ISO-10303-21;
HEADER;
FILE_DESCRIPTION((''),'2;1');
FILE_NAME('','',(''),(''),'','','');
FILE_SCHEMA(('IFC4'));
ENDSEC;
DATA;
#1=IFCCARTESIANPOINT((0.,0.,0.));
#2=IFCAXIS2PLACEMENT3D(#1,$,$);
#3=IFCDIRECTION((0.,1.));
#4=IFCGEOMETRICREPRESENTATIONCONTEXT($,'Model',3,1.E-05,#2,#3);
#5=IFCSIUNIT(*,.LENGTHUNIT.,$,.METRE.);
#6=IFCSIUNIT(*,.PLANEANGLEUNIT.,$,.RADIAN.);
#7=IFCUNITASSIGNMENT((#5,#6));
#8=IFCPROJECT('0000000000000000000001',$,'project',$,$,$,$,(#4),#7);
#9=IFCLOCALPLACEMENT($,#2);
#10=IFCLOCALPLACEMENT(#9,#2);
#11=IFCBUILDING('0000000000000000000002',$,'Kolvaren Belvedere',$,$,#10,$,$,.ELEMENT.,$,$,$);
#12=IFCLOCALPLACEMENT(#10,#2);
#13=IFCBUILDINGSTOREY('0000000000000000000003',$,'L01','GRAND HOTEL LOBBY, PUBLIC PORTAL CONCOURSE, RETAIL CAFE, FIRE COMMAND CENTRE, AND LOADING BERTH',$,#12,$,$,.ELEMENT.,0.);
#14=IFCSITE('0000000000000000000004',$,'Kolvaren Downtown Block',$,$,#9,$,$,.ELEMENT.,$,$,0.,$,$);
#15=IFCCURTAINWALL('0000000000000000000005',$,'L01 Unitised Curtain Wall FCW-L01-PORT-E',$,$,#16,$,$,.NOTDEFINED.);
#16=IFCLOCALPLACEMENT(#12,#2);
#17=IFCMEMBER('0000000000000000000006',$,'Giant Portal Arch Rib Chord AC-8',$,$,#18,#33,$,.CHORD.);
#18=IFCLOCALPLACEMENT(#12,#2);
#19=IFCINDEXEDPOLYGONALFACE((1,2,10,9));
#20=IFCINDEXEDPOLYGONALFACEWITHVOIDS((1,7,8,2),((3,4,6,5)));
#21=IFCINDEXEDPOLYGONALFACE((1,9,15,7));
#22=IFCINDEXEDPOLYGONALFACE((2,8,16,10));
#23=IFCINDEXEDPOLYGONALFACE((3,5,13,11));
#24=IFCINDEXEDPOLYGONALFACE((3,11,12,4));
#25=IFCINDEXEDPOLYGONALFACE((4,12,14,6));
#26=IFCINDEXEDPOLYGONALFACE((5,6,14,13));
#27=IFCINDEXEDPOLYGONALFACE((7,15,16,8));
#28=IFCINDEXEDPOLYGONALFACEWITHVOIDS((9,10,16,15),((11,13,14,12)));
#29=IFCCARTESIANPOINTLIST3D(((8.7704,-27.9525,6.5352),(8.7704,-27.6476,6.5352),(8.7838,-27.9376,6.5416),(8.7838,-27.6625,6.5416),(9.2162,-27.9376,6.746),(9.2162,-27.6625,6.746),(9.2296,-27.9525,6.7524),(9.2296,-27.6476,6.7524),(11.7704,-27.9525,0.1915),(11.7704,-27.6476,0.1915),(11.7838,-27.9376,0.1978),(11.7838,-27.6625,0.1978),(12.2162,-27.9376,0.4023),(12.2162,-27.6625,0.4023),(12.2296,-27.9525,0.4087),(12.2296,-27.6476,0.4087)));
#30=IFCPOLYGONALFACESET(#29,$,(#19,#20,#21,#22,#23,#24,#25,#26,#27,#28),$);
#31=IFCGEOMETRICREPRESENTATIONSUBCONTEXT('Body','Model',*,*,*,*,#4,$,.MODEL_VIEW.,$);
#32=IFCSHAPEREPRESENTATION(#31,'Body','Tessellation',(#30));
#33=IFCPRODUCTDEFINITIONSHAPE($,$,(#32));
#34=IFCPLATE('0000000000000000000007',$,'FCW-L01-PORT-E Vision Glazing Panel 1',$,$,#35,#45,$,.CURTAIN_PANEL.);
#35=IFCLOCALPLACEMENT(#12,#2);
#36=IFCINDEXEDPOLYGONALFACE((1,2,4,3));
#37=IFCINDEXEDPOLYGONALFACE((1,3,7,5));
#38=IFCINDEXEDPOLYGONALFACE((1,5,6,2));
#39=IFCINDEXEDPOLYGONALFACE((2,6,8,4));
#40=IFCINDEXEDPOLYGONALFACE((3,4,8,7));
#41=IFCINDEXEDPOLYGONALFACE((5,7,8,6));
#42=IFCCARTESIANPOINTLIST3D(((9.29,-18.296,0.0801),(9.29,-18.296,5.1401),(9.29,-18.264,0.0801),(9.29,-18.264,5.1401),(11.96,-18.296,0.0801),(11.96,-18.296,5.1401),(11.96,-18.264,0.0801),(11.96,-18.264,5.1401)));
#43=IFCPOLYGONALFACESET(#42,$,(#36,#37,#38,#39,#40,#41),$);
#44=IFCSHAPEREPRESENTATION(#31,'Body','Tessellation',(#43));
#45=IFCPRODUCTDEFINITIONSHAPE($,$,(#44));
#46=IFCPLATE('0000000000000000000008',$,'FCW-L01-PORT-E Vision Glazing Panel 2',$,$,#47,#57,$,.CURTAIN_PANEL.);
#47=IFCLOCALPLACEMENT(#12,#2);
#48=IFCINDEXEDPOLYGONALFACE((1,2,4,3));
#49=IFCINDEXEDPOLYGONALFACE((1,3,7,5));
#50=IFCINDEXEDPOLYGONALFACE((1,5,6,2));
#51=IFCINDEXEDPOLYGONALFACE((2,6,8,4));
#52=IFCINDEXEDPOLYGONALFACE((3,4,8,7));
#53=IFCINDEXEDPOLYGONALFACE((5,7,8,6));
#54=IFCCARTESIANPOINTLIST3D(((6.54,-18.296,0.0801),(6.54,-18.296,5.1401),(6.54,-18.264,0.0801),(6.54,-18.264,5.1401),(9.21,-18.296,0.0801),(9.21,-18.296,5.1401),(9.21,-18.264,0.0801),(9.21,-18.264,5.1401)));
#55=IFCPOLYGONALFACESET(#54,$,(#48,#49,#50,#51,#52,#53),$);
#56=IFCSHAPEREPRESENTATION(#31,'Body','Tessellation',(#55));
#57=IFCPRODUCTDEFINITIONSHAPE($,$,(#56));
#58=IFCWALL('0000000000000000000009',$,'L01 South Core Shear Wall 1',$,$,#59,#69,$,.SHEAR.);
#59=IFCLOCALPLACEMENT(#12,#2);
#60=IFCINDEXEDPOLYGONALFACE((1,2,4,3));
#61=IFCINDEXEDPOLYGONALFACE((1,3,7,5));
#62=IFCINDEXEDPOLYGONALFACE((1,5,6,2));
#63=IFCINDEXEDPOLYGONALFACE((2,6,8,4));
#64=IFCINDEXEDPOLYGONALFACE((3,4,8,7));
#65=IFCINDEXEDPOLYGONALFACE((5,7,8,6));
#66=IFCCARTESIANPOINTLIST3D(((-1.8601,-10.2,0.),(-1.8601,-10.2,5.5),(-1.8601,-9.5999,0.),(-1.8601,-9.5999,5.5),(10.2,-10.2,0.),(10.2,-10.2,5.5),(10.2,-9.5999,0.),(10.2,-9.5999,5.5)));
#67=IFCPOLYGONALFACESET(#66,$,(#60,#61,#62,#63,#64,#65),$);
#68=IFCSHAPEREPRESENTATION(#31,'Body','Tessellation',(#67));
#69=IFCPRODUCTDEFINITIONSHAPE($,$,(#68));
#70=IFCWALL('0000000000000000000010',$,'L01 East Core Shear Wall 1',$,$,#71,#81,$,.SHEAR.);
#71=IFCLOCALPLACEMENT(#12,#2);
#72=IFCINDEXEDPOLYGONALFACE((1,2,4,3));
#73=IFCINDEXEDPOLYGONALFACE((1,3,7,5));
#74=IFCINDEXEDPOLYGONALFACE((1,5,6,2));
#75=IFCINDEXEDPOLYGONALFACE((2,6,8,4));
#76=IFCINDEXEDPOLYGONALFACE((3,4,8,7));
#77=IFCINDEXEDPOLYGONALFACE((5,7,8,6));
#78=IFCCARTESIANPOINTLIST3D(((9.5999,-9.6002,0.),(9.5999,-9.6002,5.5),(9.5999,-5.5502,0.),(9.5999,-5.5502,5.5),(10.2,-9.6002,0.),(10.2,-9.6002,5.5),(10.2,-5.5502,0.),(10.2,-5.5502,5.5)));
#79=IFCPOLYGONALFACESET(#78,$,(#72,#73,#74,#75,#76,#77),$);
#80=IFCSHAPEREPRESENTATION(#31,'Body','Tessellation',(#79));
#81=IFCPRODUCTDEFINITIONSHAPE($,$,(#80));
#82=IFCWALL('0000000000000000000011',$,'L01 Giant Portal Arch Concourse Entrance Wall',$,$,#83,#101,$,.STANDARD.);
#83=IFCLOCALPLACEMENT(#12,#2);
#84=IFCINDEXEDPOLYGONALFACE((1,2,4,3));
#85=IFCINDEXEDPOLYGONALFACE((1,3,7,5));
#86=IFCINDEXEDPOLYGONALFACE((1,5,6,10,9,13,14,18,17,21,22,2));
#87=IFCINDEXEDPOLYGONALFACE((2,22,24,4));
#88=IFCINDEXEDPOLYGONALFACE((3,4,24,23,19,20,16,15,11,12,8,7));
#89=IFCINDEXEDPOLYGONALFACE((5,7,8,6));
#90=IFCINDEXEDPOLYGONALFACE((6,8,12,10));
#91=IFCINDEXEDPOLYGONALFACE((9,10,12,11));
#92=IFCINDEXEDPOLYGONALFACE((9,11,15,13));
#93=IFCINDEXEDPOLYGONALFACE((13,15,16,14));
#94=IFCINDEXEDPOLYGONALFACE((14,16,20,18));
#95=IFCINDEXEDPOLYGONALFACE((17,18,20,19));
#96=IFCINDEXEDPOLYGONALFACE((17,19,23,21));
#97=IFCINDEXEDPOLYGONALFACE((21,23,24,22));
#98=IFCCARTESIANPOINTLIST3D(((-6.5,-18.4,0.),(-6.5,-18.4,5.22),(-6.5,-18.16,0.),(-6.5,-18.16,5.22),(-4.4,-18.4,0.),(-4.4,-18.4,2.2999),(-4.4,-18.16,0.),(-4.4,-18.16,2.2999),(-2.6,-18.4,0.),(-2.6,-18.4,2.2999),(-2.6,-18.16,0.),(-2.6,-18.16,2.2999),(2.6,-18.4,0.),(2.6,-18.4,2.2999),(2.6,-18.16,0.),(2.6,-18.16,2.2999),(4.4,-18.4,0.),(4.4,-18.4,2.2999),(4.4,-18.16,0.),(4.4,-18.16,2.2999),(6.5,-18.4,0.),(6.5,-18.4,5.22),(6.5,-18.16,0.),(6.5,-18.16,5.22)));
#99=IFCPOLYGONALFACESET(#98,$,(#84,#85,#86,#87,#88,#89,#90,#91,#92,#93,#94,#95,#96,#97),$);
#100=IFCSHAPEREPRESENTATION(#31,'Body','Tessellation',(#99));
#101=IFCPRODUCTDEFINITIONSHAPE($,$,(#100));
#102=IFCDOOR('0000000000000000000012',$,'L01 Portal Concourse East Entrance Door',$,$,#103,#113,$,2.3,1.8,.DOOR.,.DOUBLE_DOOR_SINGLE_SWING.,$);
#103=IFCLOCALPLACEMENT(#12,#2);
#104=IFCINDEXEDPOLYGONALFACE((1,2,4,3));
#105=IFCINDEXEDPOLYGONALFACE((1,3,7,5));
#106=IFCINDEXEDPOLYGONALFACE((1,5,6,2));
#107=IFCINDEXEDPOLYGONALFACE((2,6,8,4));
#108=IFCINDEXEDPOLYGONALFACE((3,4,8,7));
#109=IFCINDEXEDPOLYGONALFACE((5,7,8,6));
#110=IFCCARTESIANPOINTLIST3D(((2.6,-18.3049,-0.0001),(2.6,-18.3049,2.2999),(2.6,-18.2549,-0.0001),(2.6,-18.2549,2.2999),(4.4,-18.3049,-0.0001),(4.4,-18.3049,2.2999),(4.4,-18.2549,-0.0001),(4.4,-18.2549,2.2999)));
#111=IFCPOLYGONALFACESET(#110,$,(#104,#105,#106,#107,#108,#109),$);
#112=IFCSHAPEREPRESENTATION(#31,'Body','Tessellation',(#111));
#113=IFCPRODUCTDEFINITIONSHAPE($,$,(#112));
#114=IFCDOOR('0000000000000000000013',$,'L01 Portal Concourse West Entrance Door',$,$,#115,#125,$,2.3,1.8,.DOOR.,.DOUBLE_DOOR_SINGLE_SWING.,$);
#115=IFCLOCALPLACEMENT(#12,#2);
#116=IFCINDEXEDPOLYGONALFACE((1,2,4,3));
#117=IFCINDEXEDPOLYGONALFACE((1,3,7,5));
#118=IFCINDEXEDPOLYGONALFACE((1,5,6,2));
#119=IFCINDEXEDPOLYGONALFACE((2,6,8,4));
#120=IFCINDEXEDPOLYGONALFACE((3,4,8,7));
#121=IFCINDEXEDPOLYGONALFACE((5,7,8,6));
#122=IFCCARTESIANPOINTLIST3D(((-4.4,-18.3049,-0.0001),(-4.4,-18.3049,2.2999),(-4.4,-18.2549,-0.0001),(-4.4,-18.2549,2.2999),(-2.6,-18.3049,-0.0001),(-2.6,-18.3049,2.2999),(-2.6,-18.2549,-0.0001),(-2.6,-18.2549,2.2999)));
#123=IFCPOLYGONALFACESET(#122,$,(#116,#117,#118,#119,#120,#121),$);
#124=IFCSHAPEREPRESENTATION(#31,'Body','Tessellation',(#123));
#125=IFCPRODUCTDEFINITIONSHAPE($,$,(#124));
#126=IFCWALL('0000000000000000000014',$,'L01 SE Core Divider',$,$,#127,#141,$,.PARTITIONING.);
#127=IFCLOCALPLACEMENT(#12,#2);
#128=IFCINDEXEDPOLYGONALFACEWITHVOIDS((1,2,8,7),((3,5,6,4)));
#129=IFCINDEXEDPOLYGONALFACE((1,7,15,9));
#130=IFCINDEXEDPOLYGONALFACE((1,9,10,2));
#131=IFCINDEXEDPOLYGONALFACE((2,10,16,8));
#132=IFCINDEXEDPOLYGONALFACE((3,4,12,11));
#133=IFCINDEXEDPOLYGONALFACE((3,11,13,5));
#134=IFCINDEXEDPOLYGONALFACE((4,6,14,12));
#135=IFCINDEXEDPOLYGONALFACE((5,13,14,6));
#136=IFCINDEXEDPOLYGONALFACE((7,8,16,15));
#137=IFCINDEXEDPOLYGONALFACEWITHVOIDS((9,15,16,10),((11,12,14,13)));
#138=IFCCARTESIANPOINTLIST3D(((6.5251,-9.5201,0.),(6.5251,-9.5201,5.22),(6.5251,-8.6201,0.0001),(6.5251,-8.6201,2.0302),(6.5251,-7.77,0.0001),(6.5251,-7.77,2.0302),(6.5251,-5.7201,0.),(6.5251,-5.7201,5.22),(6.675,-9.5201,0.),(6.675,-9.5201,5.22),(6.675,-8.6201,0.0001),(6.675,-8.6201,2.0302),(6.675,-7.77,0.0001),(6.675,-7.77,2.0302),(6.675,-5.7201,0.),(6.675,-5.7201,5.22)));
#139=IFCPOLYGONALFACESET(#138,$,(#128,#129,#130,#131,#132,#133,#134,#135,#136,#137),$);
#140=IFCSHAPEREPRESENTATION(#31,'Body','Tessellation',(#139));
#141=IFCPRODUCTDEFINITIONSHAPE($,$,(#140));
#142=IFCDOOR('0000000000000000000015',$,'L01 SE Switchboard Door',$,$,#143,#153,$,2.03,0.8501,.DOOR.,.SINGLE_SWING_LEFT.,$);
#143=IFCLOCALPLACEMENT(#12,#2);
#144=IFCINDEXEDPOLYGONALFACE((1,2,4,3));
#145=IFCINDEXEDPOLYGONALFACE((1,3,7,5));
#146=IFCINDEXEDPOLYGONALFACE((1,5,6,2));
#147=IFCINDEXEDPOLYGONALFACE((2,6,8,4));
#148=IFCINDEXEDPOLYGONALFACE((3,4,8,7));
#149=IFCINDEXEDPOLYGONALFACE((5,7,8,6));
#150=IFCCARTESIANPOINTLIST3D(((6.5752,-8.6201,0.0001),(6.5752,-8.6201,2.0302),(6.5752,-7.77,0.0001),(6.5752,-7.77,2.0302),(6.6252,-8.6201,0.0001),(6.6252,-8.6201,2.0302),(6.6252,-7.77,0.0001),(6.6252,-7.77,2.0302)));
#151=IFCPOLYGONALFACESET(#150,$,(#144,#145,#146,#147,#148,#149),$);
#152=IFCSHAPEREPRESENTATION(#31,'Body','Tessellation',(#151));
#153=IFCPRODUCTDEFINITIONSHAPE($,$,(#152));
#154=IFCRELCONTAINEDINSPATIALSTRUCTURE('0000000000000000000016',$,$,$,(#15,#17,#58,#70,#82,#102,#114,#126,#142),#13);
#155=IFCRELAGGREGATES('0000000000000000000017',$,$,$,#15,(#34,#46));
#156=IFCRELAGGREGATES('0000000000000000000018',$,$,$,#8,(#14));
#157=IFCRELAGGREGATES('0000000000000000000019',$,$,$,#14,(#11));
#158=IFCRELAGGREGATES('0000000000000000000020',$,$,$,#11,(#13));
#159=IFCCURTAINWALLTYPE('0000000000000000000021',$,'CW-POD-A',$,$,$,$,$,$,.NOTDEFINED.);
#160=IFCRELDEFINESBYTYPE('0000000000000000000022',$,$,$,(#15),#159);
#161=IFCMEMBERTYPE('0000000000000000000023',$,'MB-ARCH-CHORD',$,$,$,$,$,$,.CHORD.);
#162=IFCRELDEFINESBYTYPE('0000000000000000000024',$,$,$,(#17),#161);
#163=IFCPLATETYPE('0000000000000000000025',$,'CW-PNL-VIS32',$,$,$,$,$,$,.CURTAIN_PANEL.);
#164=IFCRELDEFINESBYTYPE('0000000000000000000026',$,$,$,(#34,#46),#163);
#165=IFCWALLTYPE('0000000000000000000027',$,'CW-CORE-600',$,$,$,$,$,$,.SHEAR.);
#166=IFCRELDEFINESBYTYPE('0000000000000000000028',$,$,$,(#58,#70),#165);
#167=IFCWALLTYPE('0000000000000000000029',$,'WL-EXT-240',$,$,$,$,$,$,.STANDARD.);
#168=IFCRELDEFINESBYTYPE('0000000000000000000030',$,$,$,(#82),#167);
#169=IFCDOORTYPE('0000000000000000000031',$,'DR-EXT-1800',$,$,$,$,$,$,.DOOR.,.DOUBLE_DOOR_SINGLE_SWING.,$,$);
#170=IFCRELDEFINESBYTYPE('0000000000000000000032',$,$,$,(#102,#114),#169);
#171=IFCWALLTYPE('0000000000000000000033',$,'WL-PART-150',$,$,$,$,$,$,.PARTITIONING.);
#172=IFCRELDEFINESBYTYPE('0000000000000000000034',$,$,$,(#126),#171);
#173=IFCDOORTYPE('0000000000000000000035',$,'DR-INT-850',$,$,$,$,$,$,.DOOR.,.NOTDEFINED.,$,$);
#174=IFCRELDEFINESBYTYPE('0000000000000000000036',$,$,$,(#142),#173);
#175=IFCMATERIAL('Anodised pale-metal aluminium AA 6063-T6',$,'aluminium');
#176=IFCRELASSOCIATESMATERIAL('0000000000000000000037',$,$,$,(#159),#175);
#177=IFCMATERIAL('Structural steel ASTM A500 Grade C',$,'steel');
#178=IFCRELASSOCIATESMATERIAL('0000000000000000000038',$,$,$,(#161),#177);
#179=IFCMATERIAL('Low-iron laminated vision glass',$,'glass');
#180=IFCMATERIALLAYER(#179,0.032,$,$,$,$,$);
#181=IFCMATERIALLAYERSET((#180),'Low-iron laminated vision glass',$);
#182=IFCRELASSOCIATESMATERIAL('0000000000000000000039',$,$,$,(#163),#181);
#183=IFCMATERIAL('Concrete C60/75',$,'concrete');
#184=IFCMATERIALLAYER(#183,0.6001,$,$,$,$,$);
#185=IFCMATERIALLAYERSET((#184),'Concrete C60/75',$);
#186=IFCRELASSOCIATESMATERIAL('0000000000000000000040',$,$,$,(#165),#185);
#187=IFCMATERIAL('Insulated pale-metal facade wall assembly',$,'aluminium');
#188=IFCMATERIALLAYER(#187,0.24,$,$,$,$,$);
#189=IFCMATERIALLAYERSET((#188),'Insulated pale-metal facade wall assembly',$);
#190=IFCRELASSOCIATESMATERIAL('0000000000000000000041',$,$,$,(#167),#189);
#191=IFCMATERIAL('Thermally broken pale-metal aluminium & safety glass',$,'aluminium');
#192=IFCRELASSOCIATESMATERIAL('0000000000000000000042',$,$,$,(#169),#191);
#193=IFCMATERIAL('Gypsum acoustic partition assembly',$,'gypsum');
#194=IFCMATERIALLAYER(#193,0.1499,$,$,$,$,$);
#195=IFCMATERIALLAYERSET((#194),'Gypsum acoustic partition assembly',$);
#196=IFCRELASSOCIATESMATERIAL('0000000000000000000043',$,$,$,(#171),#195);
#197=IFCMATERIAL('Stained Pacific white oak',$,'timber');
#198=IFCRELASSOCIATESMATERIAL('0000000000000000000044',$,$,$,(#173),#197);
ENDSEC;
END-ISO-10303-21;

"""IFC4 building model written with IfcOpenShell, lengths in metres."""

from ifc_helpers import new_model, si_unit, direction, frame, frame_2d, origin, origin_2d, place, context, subcontext, project, spatial, rectangle, hollow_rectangle, extrude, material, layer, layer_set, material_profile, profile_set, type_object, element, fill, aggregate, save


model = new_model("IFC4")

# Units and contexts
model_context = context("Model", 3, precision=1e-05, world=origin(), true_north=direction((0.0, 1.0)))
body_context = subcontext(model_context, "Body", "Model", "MODEL_VIEW")
ifc_project = project(units=[si_unit("LENGTHUNIT", "METRE"), si_unit("PLANEANGLEUNIT", "RADIAN")], contexts=[model_context])

# Site, building, storey
site_placement = place(None, origin())
site = spatial("IfcSite", under=ifc_project, at=site_placement, Name="Kolvaren Downtown Block", CompositionType="ELEMENT", RefElevation=0.0)
building_placement = place(site_placement, origin())
building = spatial("IfcBuilding", under=site, at=building_placement, Name="Kolvaren Belvedere", CompositionType="ELEMENT")
storey_placement = place(building_placement, origin())
storey = spatial("IfcBuildingStorey", under=building, at=storey_placement, Name="L01", Description="GRAND HOTEL LOBBY, PUBLIC PORTAL CONCOURSE, RETAIL CAFE, FIRE COMMAND CENTRE, AND LOADING BERTH", CompositionType="ELEMENT", Elevation=0.0)

# Curtain wall
ifc_material_1 = material(Name="Anodised pale-metal aluminium AA 6063-T6", Category="aluminium")
curtain_wall_type = type_object("IfcCurtainWallType", Name="CW-POD-A", PredefinedType="NOTDEFINED", material=ifc_material_1)
curtain_wall_placement = place(storey_placement, origin())
curtain_wall = element("IfcCurtainWall", 1, at=curtain_wall_placement, inside=storey, type_object=curtain_wall_type, Name="L01 Unitised Curtain Wall FCW-L01-PORT-E", PredefinedType="NOTDEFINED")

# Member
ifc_material_2 = material(Name="Structural steel ASTM A500 Grade C", Category="steel")
ifc_material_profile_1 = material_profile(ifc_material_2, hollow_rectangle(XDim=0.3049, YDim=0.5081, WallThickness=0.0149, at=origin_2d()), Name="HSS20X12X5/8")
ifc_profile_set_1 = profile_set([ifc_material_profile_1], Name="Structural steel ASTM A500 Grade C")
member_type_1 = type_object("IfcMemberType", Name="MB-ARCH-CHORD", PredefinedType="CHORD", material=ifc_profile_set_1)
member_1_placement = place(storey_placement, frame((9.0, -27.8, 6.6438), z_axis=(0.427512, 0.0, -0.90401), x_axis=(0.0, 1.0, 0.0)))
element("IfcMember", 2, at=member_1_placement, inside=storey, type_object=member_type_1, Name="Giant Portal Arch Rib Chord AC-8", PredefinedType="CHORD", context=body_context, shape_type="SweptSolid", body=[
    extrude(hollow_rectangle(XDim=0.3049, YDim=0.5081, WallThickness=0.0149, at=origin_2d()), origin(), (0.0, 0.0, 1.0), 7.0173),
])

# Plates
ifc_material_3 = material(Name="Low-iron laminated vision glass", Category="glass")
ifc_layer_1 = layer(ifc_material_3, 0.032)
ifc_layer_set_1 = layer_set([ifc_layer_1], Name="Low-iron laminated vision glass")
plate_type = type_object("IfcPlateType", Name="CW-PNL-VIS32", PredefinedType="CURTAIN_PANEL", material=ifc_layer_set_1)
plate_1_placement = place(storey_placement, frame((10.625, -18.28, 0.0801), z_axis=(0.0, 0.0, 1.0), x_axis=(-1.0, 0.0, 0.0)))
plate_1 = element("IfcPlate", 3, at=plate_1_placement, type_object=plate_type, Name="FCW-L01-PORT-E Vision Glazing Panel 1", PredefinedType="CURTAIN_PANEL", context=body_context, shape_type="SweptSolid", body=[
    extrude(rectangle(XDim=2.6699, YDim=0.032, at=origin_2d()), origin(), (0.0, 0.0, 1.0), 5.0601),
])
plate_2_placement = place(storey_placement, frame((7.875, -18.28, 0.0801), z_axis=(0.0, 0.0, 1.0), x_axis=(-1.0, 0.0, 0.0)))
plate_2 = element("IfcPlate", 4, at=plate_2_placement, type_object=plate_type, Name="FCW-L01-PORT-E Vision Glazing Panel 2", PredefinedType="CURTAIN_PANEL", context=body_context, shape_type="SweptSolid", body=[
    extrude(rectangle(XDim=2.6699, YDim=0.032, at=origin_2d()), origin(), (0.0, 0.0, 1.0), 5.0601),
])
aggregate(curtain_wall, [plate_1, plate_2])

# Walls
ifc_material_4 = material(Name="Concrete C60/75", Category="concrete")
ifc_layer_2 = layer(ifc_material_4, 0.6001)
ifc_layer_set_2 = layer_set([ifc_layer_2], Name="Concrete C60/75")
wall_type_1 = type_object("IfcWallType", Name="CW-CORE-600", PredefinedType="SHEAR", material=ifc_layer_set_2)
wall_1_placement = place(storey_placement, frame((10.2, -9.8999, 0.0), z_axis=(0.0, 0.0, 1.0), x_axis=(-1.0, 0.0, 0.0)))
element("IfcWall", 5, at=wall_1_placement, inside=storey, type_object=wall_type_1, Name="L01 South Core Shear Wall 1", PredefinedType="SHEAR", context=body_context, shape_type="SweptSolid", body=[
    extrude(rectangle(XDim=12.0601, YDim=0.6001, at=frame_2d((6.03, 0.0))), origin(), (0.0, 0.0, 1.0), 5.5),
])
wall_2_placement = place(storey_placement, frame((9.8999, -9.6001, 0.0), z_axis=(0.0, 0.0, 1.0), x_axis=(0.0, 1.0, 0.0)))
element("IfcWall", 6, at=wall_2_placement, inside=storey, type_object=wall_type_1, Name="L01 East Core Shear Wall 1", PredefinedType="SHEAR", context=body_context, shape_type="SweptSolid", body=[
    extrude(rectangle(XDim=4.05, YDim=0.6001, at=frame_2d((2.0249, 0.0))), origin(), (0.0, 0.0, 1.0), 5.5),
])

# Wall, openings, doors
ifc_material_5 = material(Name="Insulated pale-metal facade wall assembly", Category="aluminium")
ifc_layer_3 = layer(ifc_material_5, 0.24)
ifc_layer_set_3 = layer_set([ifc_layer_3], Name="Insulated pale-metal facade wall assembly")
wall_type_2 = type_object("IfcWallType", Name="WL-EXT-240", PredefinedType="STANDARD", material=ifc_layer_set_3)
wall_3_placement = place(storey_placement, frame((6.5, -18.28, 0.0), z_axis=(0.0, 0.0, 1.0), x_axis=(-1.0, 0.0, 0.0)))
wall_3 = element("IfcWall", 7, at=wall_3_placement, inside=storey, type_object=wall_type_2, Name="L01 Giant Portal Arch Concourse Entrance Wall", PredefinedType="STANDARD", context=body_context, shape_type="SweptSolid", body=[
    extrude(rectangle(XDim=13.0, YDim=0.24, at=frame_2d((6.5, 0.0))), origin(), (0.0, 0.0, 1.0), 5.22),
])
opening_1_placement = place(wall_3_placement, frame((2.1001, 0.0, 0.0)))
opening_1 = element("IfcOpeningElement", 8, at=opening_1_placement, cuts=wall_3, PredefinedType="OPENING", context=body_context, shape_type="SweptSolid", body=[
    extrude(rectangle(XDim=1.8, YDim=2.3, at=frame_2d((0.8999, 1.1499))), frame((0.0, 0.1299, 0.0), z_axis=(0.0, -1.0, 0.0), x_axis=(1.0, 0.0, 0.0)), (0.0, 0.0, 1.0), 0.26),
])
opening_2_placement = place(wall_3_placement, frame((9.1001, 0.0, 0.0)))
opening_2 = element("IfcOpeningElement", 9, at=opening_2_placement, cuts=wall_3, PredefinedType="OPENING", context=body_context, shape_type="SweptSolid", body=[
    extrude(rectangle(XDim=1.8, YDim=2.3, at=frame_2d((0.8999, 1.1499))), frame((0.0, 0.1299, 0.0), z_axis=(0.0, -1.0, 0.0), x_axis=(1.0, 0.0, 0.0)), (0.0, 0.0, 1.0), 0.26),
])
ifc_material_6 = material(Name="Thermally broken pale-metal aluminium & safety glass", Category="aluminium")
door_type_1 = type_object("IfcDoorType", Name="DR-EXT-1800", OperationType="DOUBLE_DOOR_SINGLE_SWING", PredefinedType="DOOR", material=ifc_material_6)
door_1_placement = place(opening_1_placement, origin())
door_1 = element("IfcDoor", 10, at=door_1_placement, inside=storey, type_object=door_type_1, Name="L01 Portal Concourse East Entrance Door", OperationType="DOUBLE_DOOR_SINGLE_SWING", OverallHeight=2.3, OverallWidth=1.8, PredefinedType="DOOR", context=body_context, shape_type="SweptSolid", body=[
    extrude(rectangle(XDim=1.8, YDim=2.3, at=frame_2d((0.8999, 1.1499))), frame((0.0, 0.0249, 0.0), z_axis=(0.0, -1.0, 0.0), x_axis=(1.0, 0.0, 0.0)), (0.0, 0.0, 1.0), 0.05),
])
fill(opening_1, door_1)
door_2_placement = place(opening_2_placement, origin())
door_2 = element("IfcDoor", 11, at=door_2_placement, inside=storey, type_object=door_type_1, Name="L01 Portal Concourse West Entrance Door", OperationType="DOUBLE_DOOR_SINGLE_SWING", OverallHeight=2.3, OverallWidth=1.8, PredefinedType="DOOR", context=body_context, shape_type="SweptSolid", body=[
    extrude(rectangle(XDim=1.8, YDim=2.3, at=frame_2d((0.8999, 1.1499))), frame((0.0, 0.0249, 0.0), z_axis=(0.0, -1.0, 0.0), x_axis=(1.0, 0.0, 0.0)), (0.0, 0.0, 1.0), 0.05),
])
fill(opening_2, door_2)

# Wall, opening, door
ifc_material_7 = material(Name="Gypsum acoustic partition assembly", Category="gypsum")
ifc_layer_4 = layer(ifc_material_7, 0.1499)
ifc_layer_set_4 = layer_set([ifc_layer_4], Name="Gypsum acoustic partition assembly")
wall_type_3 = type_object("IfcWallType", Name="WL-PART-150", PredefinedType="PARTITIONING", material=ifc_layer_set_4)
wall_4_placement = place(storey_placement, frame((6.6001, -9.52, 0.0), z_axis=(0.0, 0.0, 1.0), x_axis=(0.0, 1.0, 0.0)))
wall_4 = element("IfcWall", 12, at=wall_4_placement, inside=storey, type_object=wall_type_3, Name="L01 SE Core Divider", PredefinedType="PARTITIONING", context=body_context, shape_type="SweptSolid", body=[
    extrude(rectangle(XDim=3.8, YDim=0.1499, at=frame_2d((1.8999, 0.0))), origin(), (0.0, 0.0, 1.0), 5.22),
])
opening_3_placement = place(wall_4_placement, frame((0.8999, 0.0, 0.0)))
opening_3 = element("IfcOpeningElement", 13, at=opening_3_placement, cuts=wall_4, PredefinedType="OPENING", context=body_context, shape_type="SweptSolid", body=[
    extrude(rectangle(XDim=0.8501, YDim=2.03, at=frame_2d((0.425, 1.0151))), frame((0.0, 0.085, 0.0), z_axis=(0.0, -1.0, 0.0), x_axis=(1.0, 0.0, 0.0)), (0.0, 0.0, 1.0), 0.1699),
])
ifc_material_8 = material(Name="Stained Pacific white oak", Category="timber")
door_type_2 = type_object("IfcDoorType", Name="DR-INT-850", OperationType="NOTDEFINED", PredefinedType="DOOR", material=ifc_material_8)
door_3_placement = place(opening_3_placement, origin())
door_3 = element("IfcDoor", 14, at=door_3_placement, inside=storey, type_object=door_type_2, Name="L01 SE Switchboard Door", OperationType="SINGLE_SWING_LEFT", OverallHeight=2.03, OverallWidth=0.8501, PredefinedType="DOOR", context=body_context, shape_type="SweptSolid", body=[
    extrude(rectangle(XDim=0.8501, YDim=2.03, at=frame_2d((0.425, 1.0151))), frame((0.0, 0.0249, 0.0), z_axis=(0.0, -1.0, 0.0), x_axis=(1.0, 0.0, 0.0)), (0.0, 0.0, 1.0), 0.05),
])
fill(opening_3, door_3)

save(model, "model.ifc")
